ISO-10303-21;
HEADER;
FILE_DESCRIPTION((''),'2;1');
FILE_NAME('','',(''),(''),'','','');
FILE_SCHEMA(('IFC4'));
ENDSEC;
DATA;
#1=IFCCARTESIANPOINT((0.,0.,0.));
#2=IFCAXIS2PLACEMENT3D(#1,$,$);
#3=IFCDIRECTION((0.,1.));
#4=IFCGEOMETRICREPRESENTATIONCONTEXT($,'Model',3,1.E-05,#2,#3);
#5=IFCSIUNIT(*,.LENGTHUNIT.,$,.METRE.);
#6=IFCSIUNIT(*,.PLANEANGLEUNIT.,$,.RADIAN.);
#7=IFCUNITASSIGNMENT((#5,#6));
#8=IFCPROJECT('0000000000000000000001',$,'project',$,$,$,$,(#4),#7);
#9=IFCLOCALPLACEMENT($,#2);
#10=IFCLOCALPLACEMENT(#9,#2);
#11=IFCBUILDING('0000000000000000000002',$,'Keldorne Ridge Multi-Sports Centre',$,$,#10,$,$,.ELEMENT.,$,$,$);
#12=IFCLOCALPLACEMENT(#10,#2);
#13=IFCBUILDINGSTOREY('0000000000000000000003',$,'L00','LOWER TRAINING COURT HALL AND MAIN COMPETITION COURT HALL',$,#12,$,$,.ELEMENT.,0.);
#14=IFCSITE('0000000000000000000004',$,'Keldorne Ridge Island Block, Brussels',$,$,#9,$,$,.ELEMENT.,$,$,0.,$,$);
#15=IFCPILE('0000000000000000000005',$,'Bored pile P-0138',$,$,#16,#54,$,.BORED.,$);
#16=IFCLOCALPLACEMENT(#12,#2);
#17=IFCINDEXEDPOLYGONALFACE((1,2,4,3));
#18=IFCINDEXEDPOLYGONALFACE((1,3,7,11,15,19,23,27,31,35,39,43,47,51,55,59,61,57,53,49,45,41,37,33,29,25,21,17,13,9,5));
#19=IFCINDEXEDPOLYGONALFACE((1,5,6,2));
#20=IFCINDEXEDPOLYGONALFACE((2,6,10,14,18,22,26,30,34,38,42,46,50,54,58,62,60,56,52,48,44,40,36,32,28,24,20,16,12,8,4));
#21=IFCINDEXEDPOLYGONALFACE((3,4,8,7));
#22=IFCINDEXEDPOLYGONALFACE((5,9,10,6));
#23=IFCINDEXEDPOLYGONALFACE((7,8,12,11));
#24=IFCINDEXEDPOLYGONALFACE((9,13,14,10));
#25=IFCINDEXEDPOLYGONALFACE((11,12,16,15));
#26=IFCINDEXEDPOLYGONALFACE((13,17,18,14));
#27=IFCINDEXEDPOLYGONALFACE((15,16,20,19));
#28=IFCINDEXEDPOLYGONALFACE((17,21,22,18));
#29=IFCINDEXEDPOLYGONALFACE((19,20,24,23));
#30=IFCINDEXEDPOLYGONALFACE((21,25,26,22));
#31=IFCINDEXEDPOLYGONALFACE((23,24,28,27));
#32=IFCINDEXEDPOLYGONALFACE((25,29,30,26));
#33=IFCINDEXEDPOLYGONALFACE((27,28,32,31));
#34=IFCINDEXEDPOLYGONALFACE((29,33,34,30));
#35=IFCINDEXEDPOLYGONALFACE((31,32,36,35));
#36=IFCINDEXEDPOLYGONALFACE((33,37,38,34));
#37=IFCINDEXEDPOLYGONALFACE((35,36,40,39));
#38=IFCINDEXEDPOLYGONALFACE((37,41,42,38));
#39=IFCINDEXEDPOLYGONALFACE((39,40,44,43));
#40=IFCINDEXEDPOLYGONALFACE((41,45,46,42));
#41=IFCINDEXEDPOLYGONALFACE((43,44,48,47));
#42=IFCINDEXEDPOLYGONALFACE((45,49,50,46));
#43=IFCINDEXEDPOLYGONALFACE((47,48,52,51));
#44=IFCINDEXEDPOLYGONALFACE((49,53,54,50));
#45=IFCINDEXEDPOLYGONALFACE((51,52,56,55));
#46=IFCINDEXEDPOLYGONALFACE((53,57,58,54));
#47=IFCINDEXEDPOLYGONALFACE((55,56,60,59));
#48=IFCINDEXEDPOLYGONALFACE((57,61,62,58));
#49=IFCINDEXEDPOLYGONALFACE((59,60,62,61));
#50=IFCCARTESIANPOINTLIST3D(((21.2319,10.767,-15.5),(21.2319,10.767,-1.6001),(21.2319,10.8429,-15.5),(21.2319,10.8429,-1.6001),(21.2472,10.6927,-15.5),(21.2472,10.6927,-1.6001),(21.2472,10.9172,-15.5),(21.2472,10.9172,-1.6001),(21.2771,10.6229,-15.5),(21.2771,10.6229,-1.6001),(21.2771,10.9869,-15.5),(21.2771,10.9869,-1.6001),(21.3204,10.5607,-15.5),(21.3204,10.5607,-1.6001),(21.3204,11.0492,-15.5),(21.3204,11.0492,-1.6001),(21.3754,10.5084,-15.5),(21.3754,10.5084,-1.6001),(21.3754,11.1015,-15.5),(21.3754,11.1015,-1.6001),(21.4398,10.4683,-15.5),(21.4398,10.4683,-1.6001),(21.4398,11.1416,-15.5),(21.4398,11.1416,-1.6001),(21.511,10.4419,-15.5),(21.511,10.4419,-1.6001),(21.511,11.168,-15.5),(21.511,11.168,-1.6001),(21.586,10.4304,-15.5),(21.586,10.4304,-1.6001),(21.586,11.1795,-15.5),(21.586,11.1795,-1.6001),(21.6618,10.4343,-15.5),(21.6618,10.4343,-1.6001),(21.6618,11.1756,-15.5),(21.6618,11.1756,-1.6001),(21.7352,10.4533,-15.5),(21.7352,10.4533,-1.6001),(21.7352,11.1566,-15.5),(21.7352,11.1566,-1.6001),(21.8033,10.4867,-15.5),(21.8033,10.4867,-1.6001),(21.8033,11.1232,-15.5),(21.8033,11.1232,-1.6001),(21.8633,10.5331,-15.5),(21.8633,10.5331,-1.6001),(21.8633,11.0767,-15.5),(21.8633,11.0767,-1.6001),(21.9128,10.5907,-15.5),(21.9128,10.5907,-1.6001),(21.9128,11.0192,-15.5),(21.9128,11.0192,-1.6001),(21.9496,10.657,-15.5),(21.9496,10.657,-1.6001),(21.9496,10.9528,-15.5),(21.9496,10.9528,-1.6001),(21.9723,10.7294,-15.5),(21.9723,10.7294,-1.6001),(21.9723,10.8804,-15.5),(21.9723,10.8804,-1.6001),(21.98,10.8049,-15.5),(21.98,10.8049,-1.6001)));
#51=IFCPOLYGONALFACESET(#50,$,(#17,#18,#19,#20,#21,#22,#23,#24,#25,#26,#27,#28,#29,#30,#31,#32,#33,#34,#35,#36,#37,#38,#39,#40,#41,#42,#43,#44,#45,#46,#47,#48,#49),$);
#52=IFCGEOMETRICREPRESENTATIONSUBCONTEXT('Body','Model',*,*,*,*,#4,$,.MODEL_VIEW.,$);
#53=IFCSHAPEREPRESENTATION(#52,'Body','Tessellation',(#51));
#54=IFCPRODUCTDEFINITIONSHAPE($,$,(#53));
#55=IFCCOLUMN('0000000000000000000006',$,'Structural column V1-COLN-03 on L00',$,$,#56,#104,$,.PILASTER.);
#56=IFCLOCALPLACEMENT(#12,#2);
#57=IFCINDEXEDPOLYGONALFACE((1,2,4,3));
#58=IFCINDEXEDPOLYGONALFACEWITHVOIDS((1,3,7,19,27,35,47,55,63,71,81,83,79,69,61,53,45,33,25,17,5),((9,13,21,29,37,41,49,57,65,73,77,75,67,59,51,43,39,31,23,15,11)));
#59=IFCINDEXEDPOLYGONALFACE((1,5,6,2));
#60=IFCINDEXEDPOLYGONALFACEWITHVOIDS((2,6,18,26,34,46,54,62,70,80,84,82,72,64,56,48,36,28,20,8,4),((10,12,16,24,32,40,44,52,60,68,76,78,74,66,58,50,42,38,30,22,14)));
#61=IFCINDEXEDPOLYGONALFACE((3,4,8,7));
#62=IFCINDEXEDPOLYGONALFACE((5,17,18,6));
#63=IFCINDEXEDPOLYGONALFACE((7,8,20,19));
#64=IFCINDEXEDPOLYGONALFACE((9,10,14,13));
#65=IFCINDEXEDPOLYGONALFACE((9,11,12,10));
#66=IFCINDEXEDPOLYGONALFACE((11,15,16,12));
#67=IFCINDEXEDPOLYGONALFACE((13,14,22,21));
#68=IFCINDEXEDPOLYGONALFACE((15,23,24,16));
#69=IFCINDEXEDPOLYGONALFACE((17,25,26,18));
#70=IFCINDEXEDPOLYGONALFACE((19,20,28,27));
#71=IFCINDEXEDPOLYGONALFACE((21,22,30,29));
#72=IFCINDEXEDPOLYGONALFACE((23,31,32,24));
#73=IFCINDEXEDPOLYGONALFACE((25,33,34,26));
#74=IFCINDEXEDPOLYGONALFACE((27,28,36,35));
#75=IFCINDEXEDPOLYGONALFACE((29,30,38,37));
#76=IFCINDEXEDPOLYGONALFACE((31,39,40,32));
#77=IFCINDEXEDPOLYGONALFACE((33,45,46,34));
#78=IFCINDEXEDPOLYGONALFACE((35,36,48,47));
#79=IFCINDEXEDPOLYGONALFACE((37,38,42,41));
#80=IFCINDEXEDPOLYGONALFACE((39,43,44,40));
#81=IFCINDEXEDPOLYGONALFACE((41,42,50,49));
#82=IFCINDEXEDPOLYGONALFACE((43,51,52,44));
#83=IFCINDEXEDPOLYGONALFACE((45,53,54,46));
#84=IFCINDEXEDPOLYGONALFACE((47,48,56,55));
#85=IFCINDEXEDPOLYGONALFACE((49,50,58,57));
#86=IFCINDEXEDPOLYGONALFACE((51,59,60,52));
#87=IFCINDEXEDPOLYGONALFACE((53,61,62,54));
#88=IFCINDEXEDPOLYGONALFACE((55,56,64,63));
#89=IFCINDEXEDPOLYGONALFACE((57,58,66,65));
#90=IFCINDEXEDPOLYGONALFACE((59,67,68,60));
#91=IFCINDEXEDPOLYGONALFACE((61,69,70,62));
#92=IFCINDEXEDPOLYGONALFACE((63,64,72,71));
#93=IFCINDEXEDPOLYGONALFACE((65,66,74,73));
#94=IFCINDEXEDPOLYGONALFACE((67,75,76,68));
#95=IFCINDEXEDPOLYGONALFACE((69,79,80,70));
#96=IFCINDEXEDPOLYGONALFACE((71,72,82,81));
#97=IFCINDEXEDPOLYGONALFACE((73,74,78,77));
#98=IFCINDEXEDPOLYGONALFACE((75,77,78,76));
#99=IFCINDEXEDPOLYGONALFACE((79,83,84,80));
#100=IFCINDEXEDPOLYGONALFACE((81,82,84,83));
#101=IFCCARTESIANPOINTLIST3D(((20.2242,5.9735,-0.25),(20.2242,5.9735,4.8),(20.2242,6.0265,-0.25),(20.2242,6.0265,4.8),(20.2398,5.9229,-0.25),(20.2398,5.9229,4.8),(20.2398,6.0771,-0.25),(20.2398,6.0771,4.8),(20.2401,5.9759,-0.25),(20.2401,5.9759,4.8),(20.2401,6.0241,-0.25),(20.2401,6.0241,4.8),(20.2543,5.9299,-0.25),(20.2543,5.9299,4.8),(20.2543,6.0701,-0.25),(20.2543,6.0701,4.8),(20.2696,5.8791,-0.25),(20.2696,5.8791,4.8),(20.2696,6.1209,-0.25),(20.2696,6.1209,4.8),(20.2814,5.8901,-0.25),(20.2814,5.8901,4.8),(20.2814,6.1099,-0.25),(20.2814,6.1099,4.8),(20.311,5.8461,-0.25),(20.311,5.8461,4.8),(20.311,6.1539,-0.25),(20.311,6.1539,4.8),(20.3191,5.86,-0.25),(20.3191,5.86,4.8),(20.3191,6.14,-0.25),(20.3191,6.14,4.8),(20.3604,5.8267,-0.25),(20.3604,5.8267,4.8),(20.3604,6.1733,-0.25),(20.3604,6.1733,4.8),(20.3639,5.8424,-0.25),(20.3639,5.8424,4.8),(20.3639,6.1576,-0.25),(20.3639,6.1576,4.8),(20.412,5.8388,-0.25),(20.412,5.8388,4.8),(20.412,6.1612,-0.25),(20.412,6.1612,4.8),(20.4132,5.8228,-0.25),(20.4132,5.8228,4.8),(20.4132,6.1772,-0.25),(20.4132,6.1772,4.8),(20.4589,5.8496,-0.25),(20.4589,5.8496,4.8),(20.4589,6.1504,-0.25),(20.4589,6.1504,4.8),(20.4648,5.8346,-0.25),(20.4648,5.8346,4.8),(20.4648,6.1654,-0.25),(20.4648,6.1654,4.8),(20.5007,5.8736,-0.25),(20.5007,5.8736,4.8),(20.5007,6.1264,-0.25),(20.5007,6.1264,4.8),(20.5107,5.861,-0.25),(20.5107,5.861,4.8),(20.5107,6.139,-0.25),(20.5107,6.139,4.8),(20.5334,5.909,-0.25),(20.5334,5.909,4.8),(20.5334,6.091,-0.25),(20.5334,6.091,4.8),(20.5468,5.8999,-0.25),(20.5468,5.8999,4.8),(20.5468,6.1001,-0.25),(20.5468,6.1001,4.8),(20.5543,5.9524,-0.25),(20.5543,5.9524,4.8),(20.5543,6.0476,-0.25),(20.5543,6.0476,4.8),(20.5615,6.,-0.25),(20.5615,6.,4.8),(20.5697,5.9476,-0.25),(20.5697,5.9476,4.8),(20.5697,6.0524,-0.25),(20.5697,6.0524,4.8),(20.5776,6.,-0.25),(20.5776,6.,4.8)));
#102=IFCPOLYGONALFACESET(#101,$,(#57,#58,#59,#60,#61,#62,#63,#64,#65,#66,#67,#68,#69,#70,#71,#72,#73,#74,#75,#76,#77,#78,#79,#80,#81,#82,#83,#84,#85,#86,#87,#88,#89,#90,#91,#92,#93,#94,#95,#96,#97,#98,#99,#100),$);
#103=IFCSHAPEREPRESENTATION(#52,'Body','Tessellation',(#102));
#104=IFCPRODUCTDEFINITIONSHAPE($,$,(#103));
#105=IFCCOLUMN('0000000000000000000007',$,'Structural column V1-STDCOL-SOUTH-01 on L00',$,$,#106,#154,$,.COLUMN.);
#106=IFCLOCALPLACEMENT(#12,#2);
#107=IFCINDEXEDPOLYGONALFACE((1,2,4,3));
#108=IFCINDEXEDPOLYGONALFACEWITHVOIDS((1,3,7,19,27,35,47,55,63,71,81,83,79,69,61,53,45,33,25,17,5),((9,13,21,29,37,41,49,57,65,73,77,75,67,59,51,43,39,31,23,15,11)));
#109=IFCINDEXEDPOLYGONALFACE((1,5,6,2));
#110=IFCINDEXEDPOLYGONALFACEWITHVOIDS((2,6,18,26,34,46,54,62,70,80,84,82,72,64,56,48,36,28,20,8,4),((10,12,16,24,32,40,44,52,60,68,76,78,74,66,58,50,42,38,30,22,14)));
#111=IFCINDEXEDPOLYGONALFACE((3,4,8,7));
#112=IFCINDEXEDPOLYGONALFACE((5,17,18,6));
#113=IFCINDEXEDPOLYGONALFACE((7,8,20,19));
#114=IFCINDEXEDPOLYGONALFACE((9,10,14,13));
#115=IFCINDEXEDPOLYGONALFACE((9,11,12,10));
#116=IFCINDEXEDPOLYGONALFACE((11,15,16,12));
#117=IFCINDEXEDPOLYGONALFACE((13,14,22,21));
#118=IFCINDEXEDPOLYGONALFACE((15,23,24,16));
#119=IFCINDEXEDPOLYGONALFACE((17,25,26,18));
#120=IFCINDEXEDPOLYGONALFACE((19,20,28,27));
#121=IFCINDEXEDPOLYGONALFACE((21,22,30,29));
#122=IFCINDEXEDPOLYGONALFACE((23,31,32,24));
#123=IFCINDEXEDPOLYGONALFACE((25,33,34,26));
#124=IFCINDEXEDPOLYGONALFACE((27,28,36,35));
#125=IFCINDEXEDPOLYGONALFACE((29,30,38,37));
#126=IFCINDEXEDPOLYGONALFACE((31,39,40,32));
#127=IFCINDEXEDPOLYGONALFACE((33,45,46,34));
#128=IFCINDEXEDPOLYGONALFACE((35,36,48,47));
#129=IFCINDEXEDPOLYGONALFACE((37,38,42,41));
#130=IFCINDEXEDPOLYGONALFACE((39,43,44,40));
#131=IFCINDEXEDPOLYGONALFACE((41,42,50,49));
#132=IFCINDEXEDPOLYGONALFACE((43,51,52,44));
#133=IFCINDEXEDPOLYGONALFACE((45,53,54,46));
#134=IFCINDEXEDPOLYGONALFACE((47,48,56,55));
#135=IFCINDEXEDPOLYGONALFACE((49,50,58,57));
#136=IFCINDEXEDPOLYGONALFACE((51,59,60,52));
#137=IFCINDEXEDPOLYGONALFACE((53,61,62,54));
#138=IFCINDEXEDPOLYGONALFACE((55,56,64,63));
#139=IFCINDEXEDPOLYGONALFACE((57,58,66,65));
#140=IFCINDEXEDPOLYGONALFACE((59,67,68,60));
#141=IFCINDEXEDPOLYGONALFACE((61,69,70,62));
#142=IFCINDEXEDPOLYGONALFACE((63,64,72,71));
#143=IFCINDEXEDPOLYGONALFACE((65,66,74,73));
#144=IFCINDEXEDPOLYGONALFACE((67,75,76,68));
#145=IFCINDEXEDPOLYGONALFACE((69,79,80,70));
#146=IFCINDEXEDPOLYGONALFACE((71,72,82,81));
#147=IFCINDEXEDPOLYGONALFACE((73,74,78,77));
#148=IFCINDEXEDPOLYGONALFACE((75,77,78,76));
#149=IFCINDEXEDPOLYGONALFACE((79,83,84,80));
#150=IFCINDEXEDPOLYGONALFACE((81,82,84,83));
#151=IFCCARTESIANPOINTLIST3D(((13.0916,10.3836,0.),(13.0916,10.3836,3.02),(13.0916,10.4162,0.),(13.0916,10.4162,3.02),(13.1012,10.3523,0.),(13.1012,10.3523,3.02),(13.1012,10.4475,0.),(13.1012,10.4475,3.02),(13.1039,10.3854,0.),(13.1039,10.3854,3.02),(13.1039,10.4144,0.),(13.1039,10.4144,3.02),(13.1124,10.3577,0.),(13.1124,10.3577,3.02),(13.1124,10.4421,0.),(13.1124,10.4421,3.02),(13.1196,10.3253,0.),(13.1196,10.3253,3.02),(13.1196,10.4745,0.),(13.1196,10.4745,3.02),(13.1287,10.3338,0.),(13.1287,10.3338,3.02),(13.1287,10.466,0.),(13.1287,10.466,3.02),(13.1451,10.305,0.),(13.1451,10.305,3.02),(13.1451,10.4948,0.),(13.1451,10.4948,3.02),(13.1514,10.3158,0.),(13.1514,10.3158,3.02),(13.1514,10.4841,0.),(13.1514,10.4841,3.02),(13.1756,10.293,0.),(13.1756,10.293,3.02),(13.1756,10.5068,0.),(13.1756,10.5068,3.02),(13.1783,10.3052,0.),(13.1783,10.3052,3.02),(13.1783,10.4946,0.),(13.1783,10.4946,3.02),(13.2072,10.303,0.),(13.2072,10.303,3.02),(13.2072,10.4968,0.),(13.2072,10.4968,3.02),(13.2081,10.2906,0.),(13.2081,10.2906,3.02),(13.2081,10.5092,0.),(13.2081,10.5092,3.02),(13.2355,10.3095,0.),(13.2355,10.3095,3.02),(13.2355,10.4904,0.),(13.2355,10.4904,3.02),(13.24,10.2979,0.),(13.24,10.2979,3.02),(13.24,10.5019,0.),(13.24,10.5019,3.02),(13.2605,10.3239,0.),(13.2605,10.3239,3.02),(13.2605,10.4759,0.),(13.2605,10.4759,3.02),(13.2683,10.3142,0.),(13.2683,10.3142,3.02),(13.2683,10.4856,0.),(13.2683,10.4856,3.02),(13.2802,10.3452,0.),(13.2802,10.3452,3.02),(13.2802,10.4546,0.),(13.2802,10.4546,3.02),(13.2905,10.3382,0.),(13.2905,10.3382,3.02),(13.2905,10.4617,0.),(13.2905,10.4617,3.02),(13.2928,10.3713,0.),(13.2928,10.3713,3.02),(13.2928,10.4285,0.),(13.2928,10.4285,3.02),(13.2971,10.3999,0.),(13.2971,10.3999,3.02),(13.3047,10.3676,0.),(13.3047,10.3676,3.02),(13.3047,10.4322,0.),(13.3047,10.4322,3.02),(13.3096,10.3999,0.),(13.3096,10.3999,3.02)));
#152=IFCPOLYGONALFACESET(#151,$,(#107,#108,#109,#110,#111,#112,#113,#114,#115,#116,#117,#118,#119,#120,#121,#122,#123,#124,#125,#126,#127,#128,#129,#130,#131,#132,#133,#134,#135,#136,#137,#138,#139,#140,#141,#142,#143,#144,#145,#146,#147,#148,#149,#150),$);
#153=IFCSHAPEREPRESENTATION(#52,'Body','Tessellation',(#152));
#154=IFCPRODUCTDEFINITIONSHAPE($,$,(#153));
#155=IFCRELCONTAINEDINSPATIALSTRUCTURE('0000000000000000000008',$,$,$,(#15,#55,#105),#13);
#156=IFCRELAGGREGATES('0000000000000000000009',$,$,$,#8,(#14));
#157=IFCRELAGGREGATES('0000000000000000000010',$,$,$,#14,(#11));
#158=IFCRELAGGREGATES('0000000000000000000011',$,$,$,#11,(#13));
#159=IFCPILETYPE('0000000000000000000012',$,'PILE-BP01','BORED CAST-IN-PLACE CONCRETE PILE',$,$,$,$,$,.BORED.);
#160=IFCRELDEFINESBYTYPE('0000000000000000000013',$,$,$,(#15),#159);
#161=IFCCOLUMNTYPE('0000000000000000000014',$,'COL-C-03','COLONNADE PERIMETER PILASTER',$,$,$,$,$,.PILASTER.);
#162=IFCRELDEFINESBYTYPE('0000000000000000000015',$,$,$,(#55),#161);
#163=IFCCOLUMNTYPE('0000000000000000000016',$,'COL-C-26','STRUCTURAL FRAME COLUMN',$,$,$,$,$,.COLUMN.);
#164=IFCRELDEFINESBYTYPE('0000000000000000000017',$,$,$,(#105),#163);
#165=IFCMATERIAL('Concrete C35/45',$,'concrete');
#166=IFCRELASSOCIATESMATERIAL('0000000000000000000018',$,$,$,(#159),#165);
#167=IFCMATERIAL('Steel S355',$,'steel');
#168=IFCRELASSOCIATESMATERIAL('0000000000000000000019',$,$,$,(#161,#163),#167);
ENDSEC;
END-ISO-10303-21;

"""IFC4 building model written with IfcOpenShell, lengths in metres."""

from ifc_helpers import new_model, si_unit, direction, frame, origin, origin_2d, place, context, subcontext, project, spatial, circle, hollow_circle, extrude, material, material_profile, profile_set, type_object, element, save


model = new_model("IFC4")

# Units and contexts
model_context = context("Model", 3, precision=1e-05, world=origin(), true_north=direction((0.0, 1.0)))
body_context = subcontext(model_context, "Body", "Model", "MODEL_VIEW")
ifc_project = project(units=[si_unit("LENGTHUNIT", "METRE"), si_unit("PLANEANGLEUNIT", "RADIAN")], contexts=[model_context])

# Site, building, storey
site_placement = place(None, origin())
site = spatial("IfcSite", under=ifc_project, at=site_placement, Name="Keldorne Ridge Island Block, Brussels", CompositionType="ELEMENT", RefElevation=0.0)
building_placement = place(site_placement, origin())
building = spatial("IfcBuilding", under=site, at=building_placement, Name="Keldorne Ridge Multi-Sports Centre", CompositionType="ELEMENT")
storey_placement = place(building_placement, origin())
storey = spatial("IfcBuildingStorey", under=building, at=storey_placement, Name="L00", Description="LOWER TRAINING COURT HALL AND MAIN COMPETITION COURT HALL", CompositionType="ELEMENT", Elevation=0.0)

# Shared definitions
ifc_material_1 = material(Name="Concrete C35/45", Category="concrete")

# Pile
ifc_material_profile_1 = material_profile(ifc_material_1, circle(Radius=0.375, at=origin_2d()), Name="BORED PILE D750")
ifc_profile_set_1 = profile_set([ifc_material_profile_1], Name="Concrete C35/45")
pile_type = type_object("IfcPileType", Name="PILE-BP01", Description="BORED CAST-IN-PLACE CONCRETE PILE", PredefinedType="BORED", material=ifc_profile_set_1)
for number, where, z_axis, x_axis, name in (
    (1, (21.605, 10.8049, -1.6001), (0.0, 0.0, -1.0), (1.0, 0.0, 0.0), "Bored pile P-0138"),
):
    element("IfcPile", number, at=place(storey_placement, frame(where, z_axis=z_axis, x_axis=x_axis)), inside=storey, type_object=pile_type, Name=name, PredefinedType="BORED", context=body_context, shape_type="SweptSolid", body=[
        extrude(circle(Radius=0.375, at=origin_2d()), origin(), (0.0, 0.0, 1.0), 13.8999),
    ])

# Columns
ifc_material_2 = material(Name="Steel S355", Category="steel")
ifc_material_profile_2 = material_profile(ifc_material_2, hollow_circle(Radius=0.1777, WallThickness=0.0161, at=origin_2d()), Name="CHS 355.6x16")
ifc_profile_set_2 = profile_set([ifc_material_profile_2], Name="Steel S355")
column_type_1 = type_object("IfcColumnType", Name="COL-C-03", Description="COLONNADE PERIMETER PILASTER", PredefinedType="PILASTER", material=ifc_profile_set_2)
column_1_placement = place(storey_placement, frame((20.3999, 6.0, -0.25), z_axis=(0.0, 0.0, 1.0), x_axis=(1.0, 0.0, 0.0)))
element("IfcColumn", 2, at=column_1_placement, inside=storey, type_object=column_type_1, Name="Structural column V1-COLN-03 on L00", PredefinedType="PILASTER", context=body_context, shape_type="SweptSolid", body=[
    extrude(hollow_circle(Radius=0.1777, WallThickness=0.0161, at=origin_2d()), origin(), (0.0, 0.0, 1.0), 5.05),
])
ifc_material_profile_3 = material_profile(ifc_material_2, hollow_circle(Radius=0.1096, WallThickness=0.0125, at=origin_2d()), Name="CHS 219.1x12.5")
ifc_profile_set_3 = profile_set([ifc_material_profile_3], Name="Steel S355")
column_type_2 = type_object("IfcColumnType", Name="COL-C-26", Description="STRUCTURAL FRAME COLUMN", PredefinedType="COLUMN", material=ifc_profile_set_3)
column_2_placement = place(storey_placement, frame((13.2, 10.3999, 0.0), z_axis=(0.0, 0.0, 1.0), x_axis=(1.0, 0.0, 0.0)))
element("IfcColumn", 3, at=column_2_placement, inside=storey, type_object=column_type_2, Name="Structural column V1-STDCOL-SOUTH-01 on L00", PredefinedType="COLUMN", context=body_context, shape_type="SweptSolid", body=[
    extrude(hollow_circle(Radius=0.1096, WallThickness=0.0125, at=origin_2d()), origin(), (0.0, 0.0, 1.0), 3.02),
])

save(model, "model.ifc")
